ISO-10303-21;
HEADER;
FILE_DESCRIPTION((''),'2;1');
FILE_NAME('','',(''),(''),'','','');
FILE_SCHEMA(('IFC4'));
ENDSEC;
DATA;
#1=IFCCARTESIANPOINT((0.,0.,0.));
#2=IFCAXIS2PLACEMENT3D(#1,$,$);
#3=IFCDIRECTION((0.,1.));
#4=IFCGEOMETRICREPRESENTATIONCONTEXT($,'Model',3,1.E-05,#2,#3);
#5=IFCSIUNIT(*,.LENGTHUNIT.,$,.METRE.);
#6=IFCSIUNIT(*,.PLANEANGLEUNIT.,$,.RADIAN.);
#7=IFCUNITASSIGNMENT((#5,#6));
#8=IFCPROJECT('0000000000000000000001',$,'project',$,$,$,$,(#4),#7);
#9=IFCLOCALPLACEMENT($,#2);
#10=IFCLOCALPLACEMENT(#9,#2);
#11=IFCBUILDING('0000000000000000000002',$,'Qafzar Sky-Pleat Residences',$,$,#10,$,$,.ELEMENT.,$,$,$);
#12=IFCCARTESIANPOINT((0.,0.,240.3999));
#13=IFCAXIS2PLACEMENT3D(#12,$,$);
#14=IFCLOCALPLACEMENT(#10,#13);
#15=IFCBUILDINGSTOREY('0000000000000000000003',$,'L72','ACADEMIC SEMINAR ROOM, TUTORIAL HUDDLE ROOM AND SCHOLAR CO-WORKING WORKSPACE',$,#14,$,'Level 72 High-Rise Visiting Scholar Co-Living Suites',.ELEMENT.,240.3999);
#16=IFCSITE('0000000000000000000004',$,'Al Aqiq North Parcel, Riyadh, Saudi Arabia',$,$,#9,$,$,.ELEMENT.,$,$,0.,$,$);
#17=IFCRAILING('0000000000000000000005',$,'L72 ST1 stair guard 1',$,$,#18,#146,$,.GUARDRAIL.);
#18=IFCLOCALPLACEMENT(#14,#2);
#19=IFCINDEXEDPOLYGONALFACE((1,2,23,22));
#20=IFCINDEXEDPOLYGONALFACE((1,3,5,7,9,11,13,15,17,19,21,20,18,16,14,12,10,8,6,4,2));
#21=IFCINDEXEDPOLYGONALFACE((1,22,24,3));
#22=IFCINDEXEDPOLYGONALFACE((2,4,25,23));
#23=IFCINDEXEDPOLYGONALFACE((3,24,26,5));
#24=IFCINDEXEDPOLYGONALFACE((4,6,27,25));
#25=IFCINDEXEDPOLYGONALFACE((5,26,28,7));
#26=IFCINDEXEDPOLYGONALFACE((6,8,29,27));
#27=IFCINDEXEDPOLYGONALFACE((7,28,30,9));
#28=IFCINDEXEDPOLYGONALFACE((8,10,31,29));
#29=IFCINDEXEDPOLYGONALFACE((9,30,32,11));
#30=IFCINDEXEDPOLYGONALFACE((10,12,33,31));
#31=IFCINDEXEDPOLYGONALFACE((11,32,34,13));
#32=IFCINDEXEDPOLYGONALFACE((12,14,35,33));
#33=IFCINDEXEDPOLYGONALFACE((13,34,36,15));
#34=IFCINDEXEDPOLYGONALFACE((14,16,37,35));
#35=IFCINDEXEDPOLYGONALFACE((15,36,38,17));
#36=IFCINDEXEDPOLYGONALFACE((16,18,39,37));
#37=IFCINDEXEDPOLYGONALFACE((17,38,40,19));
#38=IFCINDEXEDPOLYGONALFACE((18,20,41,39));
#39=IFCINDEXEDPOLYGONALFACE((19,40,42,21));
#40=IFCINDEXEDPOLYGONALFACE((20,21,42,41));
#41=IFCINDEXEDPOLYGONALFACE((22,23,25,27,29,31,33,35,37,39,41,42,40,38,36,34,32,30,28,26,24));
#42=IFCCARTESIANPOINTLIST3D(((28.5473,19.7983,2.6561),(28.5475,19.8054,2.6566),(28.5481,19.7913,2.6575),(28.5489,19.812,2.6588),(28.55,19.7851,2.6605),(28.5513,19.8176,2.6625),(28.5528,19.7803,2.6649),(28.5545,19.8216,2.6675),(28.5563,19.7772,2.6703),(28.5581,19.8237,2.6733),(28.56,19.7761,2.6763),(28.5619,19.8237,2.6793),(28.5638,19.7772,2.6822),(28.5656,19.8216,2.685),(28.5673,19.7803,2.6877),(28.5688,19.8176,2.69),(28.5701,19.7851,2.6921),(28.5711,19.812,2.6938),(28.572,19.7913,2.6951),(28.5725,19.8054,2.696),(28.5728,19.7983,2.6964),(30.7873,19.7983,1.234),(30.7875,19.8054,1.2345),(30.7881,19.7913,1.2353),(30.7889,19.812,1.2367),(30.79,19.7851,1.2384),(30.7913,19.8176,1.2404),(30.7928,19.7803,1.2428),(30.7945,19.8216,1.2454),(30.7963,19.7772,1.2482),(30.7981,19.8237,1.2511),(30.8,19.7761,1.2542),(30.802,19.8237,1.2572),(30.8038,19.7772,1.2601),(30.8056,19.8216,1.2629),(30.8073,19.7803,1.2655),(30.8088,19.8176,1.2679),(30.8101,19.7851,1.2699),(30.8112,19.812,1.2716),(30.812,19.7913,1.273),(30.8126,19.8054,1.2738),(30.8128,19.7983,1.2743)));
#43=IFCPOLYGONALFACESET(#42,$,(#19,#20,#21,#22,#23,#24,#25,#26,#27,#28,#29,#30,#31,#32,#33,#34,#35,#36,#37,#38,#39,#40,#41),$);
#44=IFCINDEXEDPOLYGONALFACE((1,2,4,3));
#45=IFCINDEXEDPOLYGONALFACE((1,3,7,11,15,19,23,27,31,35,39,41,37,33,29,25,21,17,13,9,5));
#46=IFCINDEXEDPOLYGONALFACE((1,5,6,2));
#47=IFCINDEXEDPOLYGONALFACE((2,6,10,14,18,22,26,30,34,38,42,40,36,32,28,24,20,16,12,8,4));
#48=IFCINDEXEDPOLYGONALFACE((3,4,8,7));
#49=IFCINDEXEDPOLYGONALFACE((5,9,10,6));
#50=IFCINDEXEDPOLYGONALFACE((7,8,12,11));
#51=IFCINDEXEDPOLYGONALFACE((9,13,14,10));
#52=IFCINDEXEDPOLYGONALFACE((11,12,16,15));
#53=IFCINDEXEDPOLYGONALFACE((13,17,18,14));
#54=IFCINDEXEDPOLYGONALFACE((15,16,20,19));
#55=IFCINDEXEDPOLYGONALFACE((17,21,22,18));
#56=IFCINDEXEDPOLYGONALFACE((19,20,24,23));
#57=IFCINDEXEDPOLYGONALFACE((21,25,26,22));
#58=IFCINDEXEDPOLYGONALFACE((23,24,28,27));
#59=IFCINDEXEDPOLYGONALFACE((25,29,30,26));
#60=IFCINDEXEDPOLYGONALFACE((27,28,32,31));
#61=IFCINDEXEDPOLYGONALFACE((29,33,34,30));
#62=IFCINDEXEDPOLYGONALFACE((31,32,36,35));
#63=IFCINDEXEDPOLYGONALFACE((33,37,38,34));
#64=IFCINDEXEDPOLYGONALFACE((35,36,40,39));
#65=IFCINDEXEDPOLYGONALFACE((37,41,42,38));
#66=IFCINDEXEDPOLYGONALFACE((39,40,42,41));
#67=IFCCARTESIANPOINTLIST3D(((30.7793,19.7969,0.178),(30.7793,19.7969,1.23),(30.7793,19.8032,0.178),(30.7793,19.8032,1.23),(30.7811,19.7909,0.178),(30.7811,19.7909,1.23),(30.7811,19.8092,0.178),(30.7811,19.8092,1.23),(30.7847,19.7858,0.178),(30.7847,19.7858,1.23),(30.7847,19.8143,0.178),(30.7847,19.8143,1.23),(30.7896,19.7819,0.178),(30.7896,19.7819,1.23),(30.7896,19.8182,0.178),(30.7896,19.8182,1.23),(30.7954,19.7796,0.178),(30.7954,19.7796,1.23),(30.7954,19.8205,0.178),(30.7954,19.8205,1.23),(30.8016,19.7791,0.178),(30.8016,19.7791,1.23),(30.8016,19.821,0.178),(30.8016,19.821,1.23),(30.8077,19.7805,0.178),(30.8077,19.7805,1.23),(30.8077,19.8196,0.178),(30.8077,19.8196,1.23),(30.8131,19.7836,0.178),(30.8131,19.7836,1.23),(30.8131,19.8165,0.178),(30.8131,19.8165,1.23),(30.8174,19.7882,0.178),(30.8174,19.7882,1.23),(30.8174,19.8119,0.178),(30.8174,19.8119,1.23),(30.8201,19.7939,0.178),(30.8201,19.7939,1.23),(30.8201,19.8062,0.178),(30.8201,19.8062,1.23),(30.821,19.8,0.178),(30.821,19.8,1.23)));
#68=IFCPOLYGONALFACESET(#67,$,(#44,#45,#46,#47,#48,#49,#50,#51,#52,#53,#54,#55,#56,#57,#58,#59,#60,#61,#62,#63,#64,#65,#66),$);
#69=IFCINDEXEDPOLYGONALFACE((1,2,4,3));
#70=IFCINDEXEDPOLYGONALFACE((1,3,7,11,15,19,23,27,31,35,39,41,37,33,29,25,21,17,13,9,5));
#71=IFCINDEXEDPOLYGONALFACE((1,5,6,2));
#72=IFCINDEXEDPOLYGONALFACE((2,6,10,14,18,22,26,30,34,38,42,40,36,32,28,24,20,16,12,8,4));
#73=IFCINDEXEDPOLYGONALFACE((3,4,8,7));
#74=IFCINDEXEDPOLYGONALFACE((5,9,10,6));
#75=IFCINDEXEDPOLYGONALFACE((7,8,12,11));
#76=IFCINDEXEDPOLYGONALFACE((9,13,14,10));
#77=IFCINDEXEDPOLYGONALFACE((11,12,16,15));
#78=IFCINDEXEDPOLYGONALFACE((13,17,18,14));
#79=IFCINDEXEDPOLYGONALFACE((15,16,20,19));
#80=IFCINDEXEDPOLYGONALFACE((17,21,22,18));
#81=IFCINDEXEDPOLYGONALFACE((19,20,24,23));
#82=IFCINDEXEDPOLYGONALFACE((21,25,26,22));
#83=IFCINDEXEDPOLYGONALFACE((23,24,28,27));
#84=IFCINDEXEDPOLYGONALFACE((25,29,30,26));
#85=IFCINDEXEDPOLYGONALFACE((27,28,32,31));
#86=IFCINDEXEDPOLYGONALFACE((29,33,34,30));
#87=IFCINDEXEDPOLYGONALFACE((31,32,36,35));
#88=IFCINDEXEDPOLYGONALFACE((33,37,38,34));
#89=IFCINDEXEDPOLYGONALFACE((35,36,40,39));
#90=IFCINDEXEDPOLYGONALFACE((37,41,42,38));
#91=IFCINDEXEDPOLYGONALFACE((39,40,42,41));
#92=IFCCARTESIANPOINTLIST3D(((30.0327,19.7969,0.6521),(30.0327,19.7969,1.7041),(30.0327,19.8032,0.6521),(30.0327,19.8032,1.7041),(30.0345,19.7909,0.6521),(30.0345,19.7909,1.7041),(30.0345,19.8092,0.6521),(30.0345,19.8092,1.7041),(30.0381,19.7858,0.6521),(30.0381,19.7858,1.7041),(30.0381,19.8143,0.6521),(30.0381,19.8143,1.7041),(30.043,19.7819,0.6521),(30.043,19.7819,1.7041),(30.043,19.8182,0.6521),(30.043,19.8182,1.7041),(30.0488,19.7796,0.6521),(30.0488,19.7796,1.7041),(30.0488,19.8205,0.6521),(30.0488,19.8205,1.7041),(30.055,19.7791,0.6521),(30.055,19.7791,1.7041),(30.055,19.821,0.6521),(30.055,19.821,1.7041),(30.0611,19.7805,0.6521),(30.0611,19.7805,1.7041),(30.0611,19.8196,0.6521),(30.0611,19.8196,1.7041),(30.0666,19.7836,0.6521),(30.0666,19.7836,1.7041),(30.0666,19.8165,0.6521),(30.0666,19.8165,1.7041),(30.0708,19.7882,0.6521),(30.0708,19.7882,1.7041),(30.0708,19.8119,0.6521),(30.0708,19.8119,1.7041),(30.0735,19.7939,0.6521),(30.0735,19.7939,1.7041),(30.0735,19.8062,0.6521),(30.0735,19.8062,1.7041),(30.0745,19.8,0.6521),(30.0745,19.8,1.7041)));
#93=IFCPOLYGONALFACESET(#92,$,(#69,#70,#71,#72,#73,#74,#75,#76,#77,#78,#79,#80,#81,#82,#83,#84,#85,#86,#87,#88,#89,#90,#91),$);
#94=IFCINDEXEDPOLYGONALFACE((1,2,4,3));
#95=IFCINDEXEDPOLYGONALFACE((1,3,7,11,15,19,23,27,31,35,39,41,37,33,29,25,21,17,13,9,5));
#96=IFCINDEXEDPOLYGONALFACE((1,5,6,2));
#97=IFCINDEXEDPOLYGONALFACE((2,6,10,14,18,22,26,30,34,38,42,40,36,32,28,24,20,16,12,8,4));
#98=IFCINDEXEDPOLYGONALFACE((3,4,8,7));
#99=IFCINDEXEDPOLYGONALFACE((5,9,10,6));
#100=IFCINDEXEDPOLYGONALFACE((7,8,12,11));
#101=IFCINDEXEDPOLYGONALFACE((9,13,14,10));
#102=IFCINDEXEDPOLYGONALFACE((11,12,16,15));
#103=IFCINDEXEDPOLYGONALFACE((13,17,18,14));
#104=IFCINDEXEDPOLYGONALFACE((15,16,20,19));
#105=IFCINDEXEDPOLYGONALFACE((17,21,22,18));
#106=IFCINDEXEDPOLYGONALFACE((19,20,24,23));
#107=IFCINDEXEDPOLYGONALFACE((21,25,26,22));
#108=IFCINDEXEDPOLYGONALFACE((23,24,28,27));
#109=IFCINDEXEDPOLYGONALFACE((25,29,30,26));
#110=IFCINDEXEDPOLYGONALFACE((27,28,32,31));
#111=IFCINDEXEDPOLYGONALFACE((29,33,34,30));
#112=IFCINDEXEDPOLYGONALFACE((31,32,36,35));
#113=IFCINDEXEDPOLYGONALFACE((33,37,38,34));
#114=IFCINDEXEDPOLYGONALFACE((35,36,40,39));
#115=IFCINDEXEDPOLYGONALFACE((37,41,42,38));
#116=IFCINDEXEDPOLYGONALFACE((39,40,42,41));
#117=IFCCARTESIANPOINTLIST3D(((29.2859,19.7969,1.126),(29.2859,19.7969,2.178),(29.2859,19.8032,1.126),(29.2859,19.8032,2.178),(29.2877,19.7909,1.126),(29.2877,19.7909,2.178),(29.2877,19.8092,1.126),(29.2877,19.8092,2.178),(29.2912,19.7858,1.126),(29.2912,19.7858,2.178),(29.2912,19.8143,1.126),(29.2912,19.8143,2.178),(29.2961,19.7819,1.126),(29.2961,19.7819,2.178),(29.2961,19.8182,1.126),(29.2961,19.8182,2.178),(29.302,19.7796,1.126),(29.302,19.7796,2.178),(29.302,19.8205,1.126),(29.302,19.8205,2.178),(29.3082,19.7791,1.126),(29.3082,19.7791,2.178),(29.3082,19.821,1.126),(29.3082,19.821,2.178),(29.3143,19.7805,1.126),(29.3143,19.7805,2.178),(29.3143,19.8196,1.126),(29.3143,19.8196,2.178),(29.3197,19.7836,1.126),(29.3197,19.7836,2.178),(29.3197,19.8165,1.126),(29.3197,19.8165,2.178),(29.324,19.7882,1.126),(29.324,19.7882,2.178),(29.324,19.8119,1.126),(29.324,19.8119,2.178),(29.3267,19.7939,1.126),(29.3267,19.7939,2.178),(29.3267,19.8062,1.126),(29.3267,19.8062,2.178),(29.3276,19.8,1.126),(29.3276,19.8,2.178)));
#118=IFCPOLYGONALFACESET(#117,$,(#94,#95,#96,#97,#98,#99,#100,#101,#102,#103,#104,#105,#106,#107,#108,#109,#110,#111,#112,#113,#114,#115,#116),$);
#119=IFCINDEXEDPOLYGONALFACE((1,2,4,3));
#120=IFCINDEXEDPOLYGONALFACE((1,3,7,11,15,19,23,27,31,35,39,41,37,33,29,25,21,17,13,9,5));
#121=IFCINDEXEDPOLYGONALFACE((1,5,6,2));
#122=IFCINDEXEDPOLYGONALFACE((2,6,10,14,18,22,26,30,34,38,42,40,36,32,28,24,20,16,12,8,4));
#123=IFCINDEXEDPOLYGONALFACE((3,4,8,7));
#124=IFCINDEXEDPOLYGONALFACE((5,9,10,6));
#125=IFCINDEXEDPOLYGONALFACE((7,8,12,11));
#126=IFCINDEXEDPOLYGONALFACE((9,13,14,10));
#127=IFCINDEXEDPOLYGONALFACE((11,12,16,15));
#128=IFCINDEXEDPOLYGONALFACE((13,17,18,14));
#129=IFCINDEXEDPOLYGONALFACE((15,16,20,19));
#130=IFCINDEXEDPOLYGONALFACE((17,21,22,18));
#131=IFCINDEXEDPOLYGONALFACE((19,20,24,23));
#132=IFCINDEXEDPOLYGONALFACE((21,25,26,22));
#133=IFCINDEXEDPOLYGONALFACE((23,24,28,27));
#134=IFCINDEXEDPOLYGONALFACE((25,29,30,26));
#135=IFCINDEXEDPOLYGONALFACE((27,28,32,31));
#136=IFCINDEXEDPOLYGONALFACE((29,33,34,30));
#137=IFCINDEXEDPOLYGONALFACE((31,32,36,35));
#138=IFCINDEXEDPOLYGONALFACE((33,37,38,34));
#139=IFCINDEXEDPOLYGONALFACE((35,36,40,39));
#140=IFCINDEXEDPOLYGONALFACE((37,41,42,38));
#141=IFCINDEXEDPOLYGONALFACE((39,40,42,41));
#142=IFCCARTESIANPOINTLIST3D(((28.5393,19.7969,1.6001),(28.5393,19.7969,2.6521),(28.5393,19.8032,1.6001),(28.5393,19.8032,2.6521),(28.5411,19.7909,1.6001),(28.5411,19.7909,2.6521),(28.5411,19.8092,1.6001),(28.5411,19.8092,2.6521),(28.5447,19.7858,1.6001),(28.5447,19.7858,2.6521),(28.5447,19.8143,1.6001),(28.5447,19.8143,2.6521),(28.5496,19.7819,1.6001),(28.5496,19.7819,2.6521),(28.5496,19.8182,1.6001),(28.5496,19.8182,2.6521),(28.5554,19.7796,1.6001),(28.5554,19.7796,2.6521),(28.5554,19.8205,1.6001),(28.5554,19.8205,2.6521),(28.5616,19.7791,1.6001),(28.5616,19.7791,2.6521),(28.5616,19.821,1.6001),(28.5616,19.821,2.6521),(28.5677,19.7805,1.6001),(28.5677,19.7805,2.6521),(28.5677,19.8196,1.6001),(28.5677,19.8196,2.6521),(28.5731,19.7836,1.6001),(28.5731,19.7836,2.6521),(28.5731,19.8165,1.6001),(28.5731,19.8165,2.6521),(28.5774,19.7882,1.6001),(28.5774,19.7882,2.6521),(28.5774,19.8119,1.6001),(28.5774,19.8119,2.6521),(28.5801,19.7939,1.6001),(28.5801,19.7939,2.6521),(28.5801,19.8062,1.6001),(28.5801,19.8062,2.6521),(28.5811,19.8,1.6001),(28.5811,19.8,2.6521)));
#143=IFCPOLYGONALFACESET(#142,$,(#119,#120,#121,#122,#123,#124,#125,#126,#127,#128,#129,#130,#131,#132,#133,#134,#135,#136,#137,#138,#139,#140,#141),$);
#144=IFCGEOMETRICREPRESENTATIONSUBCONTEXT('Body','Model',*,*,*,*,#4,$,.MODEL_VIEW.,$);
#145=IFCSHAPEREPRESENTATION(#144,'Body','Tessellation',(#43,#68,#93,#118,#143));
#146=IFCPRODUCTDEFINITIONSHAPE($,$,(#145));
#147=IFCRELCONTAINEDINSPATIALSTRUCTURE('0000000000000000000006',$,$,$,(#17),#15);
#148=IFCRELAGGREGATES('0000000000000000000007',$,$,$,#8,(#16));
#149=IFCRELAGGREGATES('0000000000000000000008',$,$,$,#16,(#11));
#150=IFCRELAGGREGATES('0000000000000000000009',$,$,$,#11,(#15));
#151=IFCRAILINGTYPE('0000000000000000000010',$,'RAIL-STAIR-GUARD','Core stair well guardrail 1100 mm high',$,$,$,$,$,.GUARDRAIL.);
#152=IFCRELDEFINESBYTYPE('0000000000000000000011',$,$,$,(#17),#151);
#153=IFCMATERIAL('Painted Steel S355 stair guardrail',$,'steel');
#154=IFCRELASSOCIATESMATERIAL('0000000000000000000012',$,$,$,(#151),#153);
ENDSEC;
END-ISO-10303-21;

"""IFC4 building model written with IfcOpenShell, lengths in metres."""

from ifc_helpers import new_model, si_unit, direction, frame, origin, origin_2d, place, context, subcontext, project, spatial, circle, extrude, source, transform, mapped, material, type_object, element, save


model = new_model("IFC4")

# Units and contexts
model_context = context("Model", 3, precision=1e-05, world=origin(), true_north=direction((0.0, 1.0)))
body_context = subcontext(model_context, "Body", "Model", "MODEL_VIEW")
ifc_project = project(units=[si_unit("LENGTHUNIT", "METRE"), si_unit("PLANEANGLEUNIT", "RADIAN")], contexts=[model_context])

# Site, building, storey
site_placement = place(None, origin())
site = spatial("IfcSite", under=ifc_project, at=site_placement, Name="Al Aqiq North Parcel, Riyadh, Saudi Arabia", CompositionType="ELEMENT", RefElevation=0.0)
building_placement = place(site_placement, origin())
building = spatial("IfcBuilding", under=site, at=building_placement, Name="Qafzar Sky-Pleat Residences", CompositionType="ELEMENT")
storey_placement = place(building_placement, frame((0.0, 0.0, 240.3999)))
storey = spatial("IfcBuildingStorey", under=building, at=storey_placement, Name="L72", Description="ACADEMIC SEMINAR ROOM, TUTORIAL HUDDLE ROOM AND SCHOLAR CO-WORKING WORKSPACE", LongName="Level 72 High-Rise Visiting Scholar Co-Living Suites", CompositionType="ELEMENT", Elevation=240.3999)

# Railing
ifc_material_1 = material(Name="Painted Steel S355 stair guardrail", Category="steel")
railing_type_1 = type_object("IfcRailingType", Name="RAIL-STAIR-GUARD", Description="Core stair well guardrail 1100 mm high", PredefinedType="GUARDRAIL", material=ifc_material_1)
shared_shape_1 = source(origin(), body_context, "Body", "SweptSolid", [
    extrude(circle(Radius=0.0239, at=origin_2d()), frame((0.0, 0.0, 1.0762), z_axis=(-0.844229, 0.0, 0.535982), x_axis=(0.0, -1.0, 0.0)), (0.0, 0.0, 1.0), 2.6533),
    extrude(circle(Radius=0.021, at=origin_2d()), origin(), (0.0, 0.0, 1.0), 1.052),
    extrude(circle(Radius=0.021, at=origin_2d()), frame((-0.7466, 0.0, 0.4741)), (0.0, 0.0, 1.0), 1.052),
    extrude(circle(Radius=0.021, at=origin_2d()), frame((-1.4934, 0.0, 0.948)), (0.0, 0.0, 1.0), 1.052),
    extrude(circle(Radius=0.021, at=origin_2d()), frame((-2.24, 0.0, 1.4221)), (0.0, 0.0, 1.0), 1.052),
])
railing_1_placement = place(storey_placement, frame((30.8, 19.8, 0.178)))
element("IfcRailing", 1, at=railing_1_placement, inside=storey, type_object=railing_type_1, Name="L72 ST1 stair guard 1", PredefinedType="GUARDRAIL", context=body_context, shape_type="MappedRepresentation", body=[
    mapped(shared_shape_1, transform((0.0, 0.0, 0.0), x_axis=(1.0, 0.0, 0.0), y_axis=(0.0, 1.0, 0.0), z_axis=(0.0, 0.0, 1.0), scale=1.0)),
])

save(model, "model.ifc")
